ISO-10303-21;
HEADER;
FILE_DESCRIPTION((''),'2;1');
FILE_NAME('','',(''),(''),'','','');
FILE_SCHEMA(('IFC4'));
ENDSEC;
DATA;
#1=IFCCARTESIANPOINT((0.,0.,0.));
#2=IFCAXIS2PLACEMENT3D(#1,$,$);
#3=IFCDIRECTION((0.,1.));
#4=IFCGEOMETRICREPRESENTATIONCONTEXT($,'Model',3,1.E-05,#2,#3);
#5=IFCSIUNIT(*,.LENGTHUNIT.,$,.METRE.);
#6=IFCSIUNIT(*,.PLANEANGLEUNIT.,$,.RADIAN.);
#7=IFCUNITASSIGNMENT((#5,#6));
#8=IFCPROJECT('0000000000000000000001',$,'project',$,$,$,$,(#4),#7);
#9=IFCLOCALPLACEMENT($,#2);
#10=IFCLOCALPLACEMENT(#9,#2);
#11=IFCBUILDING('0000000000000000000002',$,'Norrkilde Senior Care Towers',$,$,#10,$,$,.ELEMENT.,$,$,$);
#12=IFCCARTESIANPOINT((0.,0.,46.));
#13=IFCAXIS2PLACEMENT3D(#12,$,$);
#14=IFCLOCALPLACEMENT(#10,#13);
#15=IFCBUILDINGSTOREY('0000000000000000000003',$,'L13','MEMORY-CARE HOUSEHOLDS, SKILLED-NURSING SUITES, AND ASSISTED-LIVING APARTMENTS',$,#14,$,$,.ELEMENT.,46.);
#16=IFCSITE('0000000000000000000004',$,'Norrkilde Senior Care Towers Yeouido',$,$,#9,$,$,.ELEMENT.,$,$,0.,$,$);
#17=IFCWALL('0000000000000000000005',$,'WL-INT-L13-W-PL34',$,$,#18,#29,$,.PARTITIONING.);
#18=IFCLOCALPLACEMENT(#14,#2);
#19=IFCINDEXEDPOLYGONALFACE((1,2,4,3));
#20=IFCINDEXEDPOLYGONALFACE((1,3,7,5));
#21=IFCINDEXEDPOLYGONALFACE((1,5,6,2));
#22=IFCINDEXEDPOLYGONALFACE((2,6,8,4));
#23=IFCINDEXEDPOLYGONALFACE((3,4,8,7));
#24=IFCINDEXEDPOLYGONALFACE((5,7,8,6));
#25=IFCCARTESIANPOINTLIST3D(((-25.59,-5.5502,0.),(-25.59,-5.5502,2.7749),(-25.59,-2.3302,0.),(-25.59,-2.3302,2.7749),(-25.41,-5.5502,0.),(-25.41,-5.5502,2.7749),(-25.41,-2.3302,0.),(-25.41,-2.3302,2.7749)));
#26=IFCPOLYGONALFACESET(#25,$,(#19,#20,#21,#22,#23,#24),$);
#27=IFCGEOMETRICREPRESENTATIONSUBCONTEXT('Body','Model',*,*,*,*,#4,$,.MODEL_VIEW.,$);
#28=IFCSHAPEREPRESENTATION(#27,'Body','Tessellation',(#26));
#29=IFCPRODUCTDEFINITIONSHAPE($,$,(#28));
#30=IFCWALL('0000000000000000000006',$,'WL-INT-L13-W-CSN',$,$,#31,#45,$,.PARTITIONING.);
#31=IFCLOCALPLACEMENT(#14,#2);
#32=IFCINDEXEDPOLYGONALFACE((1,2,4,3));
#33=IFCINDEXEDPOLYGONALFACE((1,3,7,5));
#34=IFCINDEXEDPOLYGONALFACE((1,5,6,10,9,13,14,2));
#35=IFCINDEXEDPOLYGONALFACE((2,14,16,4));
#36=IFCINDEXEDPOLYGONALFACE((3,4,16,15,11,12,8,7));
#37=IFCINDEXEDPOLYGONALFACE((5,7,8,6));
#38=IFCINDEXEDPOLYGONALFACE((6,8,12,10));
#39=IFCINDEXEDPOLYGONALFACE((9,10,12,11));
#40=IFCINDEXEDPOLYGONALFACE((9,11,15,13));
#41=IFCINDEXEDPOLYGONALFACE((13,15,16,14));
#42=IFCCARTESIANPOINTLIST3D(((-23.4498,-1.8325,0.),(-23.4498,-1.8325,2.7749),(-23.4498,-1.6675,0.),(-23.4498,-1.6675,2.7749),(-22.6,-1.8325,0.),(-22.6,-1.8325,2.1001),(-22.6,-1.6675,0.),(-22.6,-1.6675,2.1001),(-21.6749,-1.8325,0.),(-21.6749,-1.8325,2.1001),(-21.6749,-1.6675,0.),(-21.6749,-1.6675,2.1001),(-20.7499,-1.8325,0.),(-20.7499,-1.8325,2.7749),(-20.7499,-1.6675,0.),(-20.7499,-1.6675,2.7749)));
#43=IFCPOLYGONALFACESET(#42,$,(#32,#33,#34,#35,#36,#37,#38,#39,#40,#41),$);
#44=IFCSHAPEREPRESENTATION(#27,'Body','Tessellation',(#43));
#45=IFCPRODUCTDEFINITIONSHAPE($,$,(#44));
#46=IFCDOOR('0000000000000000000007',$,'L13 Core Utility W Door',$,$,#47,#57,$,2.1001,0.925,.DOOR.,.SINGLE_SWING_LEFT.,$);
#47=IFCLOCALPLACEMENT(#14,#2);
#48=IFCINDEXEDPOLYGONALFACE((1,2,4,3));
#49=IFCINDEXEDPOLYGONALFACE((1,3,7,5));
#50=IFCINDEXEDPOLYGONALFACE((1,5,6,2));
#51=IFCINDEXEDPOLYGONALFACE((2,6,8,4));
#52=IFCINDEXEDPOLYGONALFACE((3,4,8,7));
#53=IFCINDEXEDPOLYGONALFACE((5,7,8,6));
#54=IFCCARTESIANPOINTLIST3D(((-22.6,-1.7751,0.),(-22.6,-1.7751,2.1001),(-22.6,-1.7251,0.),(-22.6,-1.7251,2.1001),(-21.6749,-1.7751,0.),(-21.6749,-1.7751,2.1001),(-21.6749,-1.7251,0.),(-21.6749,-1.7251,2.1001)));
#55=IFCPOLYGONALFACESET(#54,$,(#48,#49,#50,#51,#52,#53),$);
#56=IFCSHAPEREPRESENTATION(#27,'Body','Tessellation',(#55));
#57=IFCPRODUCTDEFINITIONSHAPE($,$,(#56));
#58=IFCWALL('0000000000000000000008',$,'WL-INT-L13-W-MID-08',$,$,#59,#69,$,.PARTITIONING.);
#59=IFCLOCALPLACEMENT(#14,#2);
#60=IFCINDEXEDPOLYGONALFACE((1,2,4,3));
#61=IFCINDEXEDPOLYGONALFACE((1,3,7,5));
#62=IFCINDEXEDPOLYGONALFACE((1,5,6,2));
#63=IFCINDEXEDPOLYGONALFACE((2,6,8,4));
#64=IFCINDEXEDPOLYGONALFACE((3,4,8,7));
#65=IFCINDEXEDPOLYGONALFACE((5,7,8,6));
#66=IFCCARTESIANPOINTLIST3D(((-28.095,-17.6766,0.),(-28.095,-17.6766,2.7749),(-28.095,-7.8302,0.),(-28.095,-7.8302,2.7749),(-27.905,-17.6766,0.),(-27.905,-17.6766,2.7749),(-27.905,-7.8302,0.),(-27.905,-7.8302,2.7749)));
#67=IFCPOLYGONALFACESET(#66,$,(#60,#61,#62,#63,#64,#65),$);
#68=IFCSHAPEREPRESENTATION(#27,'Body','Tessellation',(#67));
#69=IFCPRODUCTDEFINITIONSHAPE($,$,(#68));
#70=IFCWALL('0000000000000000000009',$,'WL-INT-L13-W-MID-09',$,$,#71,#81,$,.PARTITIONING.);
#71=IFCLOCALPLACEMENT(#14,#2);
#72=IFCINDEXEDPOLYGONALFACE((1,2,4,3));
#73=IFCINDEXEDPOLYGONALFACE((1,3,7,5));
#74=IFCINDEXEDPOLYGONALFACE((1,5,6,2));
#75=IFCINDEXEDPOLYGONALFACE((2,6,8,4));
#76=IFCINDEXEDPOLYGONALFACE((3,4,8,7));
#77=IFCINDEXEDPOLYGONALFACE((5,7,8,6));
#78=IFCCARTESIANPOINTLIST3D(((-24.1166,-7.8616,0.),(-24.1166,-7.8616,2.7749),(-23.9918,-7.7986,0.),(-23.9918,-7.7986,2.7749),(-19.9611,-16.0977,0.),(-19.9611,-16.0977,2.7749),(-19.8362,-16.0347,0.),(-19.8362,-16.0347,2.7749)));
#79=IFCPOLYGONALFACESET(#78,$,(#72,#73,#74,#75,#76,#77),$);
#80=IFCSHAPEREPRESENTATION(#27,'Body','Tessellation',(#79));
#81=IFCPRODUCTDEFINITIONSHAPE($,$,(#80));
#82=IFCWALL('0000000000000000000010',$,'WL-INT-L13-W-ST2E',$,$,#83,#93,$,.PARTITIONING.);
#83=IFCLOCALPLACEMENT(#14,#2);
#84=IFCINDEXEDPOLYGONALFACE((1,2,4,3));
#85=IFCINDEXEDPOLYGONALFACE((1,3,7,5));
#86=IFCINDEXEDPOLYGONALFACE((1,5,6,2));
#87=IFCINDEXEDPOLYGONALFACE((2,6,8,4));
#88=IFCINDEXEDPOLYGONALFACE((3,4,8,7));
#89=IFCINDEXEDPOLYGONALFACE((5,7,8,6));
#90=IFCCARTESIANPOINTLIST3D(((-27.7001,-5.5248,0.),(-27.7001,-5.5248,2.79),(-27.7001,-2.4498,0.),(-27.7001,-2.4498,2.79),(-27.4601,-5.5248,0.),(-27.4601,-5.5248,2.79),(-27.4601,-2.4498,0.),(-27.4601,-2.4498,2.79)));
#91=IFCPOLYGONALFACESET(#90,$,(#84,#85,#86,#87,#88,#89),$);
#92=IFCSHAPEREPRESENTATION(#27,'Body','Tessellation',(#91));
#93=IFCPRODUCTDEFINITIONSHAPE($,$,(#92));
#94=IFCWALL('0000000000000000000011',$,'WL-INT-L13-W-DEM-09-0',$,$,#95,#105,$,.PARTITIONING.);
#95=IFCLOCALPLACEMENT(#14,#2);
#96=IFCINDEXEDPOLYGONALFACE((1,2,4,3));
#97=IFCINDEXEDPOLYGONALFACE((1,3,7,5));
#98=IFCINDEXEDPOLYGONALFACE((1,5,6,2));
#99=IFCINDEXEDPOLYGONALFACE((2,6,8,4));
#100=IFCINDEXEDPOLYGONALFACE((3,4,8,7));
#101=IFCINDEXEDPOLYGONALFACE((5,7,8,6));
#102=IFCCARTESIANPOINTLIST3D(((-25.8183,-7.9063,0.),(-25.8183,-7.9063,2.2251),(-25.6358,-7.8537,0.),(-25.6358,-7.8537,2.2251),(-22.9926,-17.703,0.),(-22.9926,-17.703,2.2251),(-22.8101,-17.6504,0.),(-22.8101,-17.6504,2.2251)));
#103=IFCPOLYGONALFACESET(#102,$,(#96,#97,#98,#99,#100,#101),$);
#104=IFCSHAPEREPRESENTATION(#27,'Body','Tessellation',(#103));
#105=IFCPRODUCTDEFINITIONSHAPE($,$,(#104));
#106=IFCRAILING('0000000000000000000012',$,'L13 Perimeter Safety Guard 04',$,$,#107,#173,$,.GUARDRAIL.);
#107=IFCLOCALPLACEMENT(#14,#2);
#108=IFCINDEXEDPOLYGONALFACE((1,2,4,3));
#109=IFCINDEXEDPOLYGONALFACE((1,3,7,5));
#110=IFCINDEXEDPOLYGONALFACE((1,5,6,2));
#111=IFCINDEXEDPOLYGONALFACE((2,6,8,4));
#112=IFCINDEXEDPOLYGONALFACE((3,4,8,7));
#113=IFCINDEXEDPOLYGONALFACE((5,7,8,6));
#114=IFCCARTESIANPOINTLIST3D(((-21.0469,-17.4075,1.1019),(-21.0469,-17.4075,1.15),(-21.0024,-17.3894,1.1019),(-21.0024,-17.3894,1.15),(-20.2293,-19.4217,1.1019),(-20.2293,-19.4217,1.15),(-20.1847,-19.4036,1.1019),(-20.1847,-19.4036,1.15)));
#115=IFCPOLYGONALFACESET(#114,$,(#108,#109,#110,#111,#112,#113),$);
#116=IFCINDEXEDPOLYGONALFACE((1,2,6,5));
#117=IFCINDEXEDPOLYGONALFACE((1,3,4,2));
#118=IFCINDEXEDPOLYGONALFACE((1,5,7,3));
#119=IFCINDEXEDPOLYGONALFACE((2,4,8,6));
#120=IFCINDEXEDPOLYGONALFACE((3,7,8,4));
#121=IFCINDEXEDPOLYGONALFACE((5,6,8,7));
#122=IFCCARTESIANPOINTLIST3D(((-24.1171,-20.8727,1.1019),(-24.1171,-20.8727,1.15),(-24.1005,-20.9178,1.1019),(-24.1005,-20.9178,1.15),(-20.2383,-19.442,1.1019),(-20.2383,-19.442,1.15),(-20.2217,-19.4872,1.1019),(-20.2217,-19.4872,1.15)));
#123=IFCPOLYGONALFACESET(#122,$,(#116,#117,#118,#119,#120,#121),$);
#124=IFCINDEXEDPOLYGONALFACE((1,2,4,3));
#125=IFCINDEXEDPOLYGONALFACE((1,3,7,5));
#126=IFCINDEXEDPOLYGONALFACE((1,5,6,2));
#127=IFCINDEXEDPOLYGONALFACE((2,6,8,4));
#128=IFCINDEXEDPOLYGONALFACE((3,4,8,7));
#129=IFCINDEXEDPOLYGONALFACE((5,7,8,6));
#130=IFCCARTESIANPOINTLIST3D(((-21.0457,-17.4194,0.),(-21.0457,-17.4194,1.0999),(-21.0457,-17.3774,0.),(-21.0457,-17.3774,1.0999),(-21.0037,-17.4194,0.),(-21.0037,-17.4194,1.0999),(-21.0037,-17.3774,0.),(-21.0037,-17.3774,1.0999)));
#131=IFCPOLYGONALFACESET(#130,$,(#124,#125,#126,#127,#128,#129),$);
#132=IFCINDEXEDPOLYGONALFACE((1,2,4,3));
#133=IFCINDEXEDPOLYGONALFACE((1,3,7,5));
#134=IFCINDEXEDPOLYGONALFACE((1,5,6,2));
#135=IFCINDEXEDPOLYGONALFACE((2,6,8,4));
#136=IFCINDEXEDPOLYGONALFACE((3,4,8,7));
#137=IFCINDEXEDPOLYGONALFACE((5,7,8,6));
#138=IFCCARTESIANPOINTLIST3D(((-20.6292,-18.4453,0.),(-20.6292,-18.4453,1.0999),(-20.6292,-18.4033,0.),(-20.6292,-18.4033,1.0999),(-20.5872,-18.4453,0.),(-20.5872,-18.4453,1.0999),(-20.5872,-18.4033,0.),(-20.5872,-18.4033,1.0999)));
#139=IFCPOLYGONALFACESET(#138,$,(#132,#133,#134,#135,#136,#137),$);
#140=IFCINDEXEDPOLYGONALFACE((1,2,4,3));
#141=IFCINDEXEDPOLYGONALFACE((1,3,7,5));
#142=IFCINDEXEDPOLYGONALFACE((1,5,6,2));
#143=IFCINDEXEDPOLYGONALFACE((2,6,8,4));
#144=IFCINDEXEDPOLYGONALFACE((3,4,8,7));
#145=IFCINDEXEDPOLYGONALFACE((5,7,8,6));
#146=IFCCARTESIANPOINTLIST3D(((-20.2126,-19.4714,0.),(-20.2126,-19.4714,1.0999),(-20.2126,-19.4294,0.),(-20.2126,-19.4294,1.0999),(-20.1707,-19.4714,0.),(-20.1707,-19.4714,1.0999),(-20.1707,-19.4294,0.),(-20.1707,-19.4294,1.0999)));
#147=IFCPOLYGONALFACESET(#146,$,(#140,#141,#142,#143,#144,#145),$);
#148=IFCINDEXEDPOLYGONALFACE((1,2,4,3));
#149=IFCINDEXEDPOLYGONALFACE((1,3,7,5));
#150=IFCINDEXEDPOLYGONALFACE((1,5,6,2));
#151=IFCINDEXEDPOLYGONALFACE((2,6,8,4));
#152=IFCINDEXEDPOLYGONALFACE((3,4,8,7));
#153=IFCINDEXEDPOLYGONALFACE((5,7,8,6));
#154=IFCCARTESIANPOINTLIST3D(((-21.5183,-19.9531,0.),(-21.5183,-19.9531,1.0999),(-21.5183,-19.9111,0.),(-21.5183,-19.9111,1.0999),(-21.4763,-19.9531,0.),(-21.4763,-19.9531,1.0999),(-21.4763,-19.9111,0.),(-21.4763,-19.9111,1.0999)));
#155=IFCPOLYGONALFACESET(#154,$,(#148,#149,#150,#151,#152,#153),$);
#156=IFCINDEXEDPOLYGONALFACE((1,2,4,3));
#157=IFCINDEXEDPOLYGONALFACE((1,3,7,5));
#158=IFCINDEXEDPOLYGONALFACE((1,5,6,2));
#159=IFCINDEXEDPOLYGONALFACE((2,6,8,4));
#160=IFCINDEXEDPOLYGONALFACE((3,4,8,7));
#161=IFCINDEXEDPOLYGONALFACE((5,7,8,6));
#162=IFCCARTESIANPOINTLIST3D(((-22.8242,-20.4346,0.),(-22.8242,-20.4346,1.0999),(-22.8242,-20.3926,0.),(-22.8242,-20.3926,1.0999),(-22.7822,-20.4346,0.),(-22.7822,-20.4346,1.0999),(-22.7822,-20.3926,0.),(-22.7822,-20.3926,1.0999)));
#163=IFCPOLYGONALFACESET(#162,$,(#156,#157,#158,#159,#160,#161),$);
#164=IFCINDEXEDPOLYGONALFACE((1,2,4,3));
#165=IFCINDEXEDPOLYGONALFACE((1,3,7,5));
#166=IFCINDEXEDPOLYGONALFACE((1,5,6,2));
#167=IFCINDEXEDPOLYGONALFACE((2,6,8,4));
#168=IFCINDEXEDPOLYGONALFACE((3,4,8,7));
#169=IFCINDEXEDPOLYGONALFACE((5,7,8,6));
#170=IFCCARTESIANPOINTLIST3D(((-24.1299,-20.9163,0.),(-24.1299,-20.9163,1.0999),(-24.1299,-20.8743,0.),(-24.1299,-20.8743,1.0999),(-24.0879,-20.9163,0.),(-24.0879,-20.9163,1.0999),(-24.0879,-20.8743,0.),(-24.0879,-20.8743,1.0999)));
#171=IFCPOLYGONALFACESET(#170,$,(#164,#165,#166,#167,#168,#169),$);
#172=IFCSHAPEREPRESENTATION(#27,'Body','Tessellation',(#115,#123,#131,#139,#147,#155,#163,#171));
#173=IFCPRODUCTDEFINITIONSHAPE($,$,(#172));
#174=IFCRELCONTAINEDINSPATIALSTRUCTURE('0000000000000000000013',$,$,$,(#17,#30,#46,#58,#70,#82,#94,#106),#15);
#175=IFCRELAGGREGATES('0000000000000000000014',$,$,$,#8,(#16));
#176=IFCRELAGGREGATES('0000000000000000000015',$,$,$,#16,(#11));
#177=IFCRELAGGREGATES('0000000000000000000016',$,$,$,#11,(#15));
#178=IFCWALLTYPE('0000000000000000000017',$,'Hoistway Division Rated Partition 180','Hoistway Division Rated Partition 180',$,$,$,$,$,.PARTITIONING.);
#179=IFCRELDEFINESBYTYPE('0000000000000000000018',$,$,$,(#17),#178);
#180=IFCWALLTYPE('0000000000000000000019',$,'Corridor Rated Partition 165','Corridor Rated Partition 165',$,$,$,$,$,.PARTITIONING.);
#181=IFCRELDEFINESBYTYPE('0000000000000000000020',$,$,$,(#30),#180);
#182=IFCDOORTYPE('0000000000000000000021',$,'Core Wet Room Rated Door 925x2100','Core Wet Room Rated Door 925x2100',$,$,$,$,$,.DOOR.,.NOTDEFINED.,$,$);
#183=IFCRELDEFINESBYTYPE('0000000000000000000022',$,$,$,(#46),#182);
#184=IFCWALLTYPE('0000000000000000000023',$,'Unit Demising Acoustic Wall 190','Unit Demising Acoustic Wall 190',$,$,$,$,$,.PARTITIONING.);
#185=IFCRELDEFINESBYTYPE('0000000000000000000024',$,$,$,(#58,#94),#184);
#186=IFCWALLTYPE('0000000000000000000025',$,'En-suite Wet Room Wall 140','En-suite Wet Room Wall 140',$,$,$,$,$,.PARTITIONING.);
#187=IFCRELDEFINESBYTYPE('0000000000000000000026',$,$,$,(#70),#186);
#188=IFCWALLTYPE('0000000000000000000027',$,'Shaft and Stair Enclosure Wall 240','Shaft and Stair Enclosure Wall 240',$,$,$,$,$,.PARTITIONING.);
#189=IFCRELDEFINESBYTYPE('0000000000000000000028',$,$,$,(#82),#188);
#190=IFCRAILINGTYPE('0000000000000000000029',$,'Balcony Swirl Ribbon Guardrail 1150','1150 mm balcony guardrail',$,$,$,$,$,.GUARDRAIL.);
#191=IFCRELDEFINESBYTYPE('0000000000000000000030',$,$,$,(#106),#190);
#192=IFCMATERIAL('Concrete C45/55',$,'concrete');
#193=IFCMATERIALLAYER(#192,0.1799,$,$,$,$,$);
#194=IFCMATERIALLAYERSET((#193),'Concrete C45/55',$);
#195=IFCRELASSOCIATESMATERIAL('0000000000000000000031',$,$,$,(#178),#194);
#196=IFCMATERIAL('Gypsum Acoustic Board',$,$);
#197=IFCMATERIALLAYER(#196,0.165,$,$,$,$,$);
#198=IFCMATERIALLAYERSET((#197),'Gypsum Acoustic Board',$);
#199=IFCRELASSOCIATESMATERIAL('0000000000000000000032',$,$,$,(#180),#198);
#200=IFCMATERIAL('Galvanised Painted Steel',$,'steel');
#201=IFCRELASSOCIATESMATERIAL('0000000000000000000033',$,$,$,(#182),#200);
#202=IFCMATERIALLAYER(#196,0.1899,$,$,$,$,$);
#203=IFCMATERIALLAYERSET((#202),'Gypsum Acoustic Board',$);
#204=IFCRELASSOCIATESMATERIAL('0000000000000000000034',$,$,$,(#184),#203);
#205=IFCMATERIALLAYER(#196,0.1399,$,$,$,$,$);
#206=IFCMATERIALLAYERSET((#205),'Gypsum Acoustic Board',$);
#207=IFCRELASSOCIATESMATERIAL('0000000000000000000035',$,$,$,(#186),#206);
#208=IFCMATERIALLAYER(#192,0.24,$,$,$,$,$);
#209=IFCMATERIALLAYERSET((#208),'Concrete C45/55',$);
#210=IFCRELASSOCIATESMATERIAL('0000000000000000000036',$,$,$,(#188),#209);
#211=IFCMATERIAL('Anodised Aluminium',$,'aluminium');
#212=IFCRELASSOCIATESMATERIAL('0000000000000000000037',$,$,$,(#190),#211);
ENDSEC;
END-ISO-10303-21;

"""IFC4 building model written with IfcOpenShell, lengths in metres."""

from ifc_helpers import new_model, si_unit, direction, frame, frame_2d, origin, origin_2d, place, context, subcontext, project, spatial, rectangle, extrude, source, transform, mapped, material, layer, layer_set, type_object, type_shapes, element, fill, save


model = new_model("IFC4")

# Units and contexts
model_context = context("Model", 3, precision=1e-05, world=origin(), true_north=direction((0.0, 1.0)))
body_context = subcontext(model_context, "Body", "Model", "MODEL_VIEW")
ifc_project = project(units=[si_unit("LENGTHUNIT", "METRE"), si_unit("PLANEANGLEUNIT", "RADIAN")], contexts=[model_context])

# Site, building, storey
site_placement = place(None, origin())
site = spatial("IfcSite", under=ifc_project, at=site_placement, Name="Norrkilde Senior Care Towers Yeouido", CompositionType="ELEMENT", RefElevation=0.0)
building_placement = place(site_placement, origin())
building = spatial("IfcBuilding", under=site, at=building_placement, Name="Norrkilde Senior Care Towers", CompositionType="ELEMENT")
storey_placement = place(building_placement, frame((0.0, 0.0, 46.0)))
storey = spatial("IfcBuildingStorey", under=building, at=storey_placement, Name="L13", Description="MEMORY-CARE HOUSEHOLDS, SKILLED-NURSING SUITES, AND ASSISTED-LIVING APARTMENTS", CompositionType="ELEMENT", Elevation=46.0)

# Shared definitions
ifc_material_1 = material(Name="Anodised Aluminium", Category="aluminium")

# Shared definitions
ifc_material_2 = material(Name="Concrete C45/55", Category="concrete")

# Shared definitions
ifc_material_3 = material(Name="Galvanised Painted Steel", Category="steel")

# Wall
ifc_material_4 = material(Name="Gypsum Acoustic Board")
ifc_layer_1 = layer(ifc_material_2, 0.1799)
ifc_layer_set_1 = layer_set([ifc_layer_1], Name="Concrete C45/55")
wall_type_1 = type_object("IfcWallType", Name="Hoistway Division Rated Partition 180", Description="Hoistway Division Rated Partition 180", PredefinedType="PARTITIONING", material=ifc_layer_set_1)
shared_shape_1 = source(origin(), body_context, "Body", "SweptSolid", [
    extrude(rectangle(XDim=3.22, YDim=0.1799, at=frame_2d((1.6099, 0.0))), origin(), (0.0, 0.0, 1.0), 2.7749),
])
type_shapes(wall_type_1, [shared_shape_1])
wall_1_placement = place(storey_placement, frame((-25.5, -5.55, 0.0), z_axis=(0.0, 0.0, 1.0), x_axis=(0.0, 1.0, 0.0)))
element("IfcWall", 1, at=wall_1_placement, inside=storey, type_object=wall_type_1, Name="WL-INT-L13-W-PL34", PredefinedType="PARTITIONING", context=body_context, shape_type="MappedRepresentation", body=[
    mapped(shared_shape_1, transform((0.0, 0.0, 0.0), x_axis=(1.0, 0.0, 0.0), y_axis=(0.0, 1.0, 0.0), z_axis=(0.0, 0.0, 1.0), scale=1.0)),
])

# Wall, opening, door
ifc_layer_2 = layer(ifc_material_4, 0.165)
ifc_layer_set_2 = layer_set([ifc_layer_2], Name="Gypsum Acoustic Board")
wall_type_2 = type_object("IfcWallType", Name="Corridor Rated Partition 165", Description="Corridor Rated Partition 165", PredefinedType="PARTITIONING", material=ifc_layer_set_2)
shared_shape_2 = source(origin(), body_context, "Body", "SweptSolid", [
    extrude(rectangle(XDim=2.7, YDim=0.165, at=frame_2d((1.3501, 0.0))), origin(), (0.0, 0.0, 1.0), 2.7749),
])
type_shapes(wall_type_2, [shared_shape_2])
wall_2_placement = place(storey_placement, frame((-23.45, -1.75, 0.0), z_axis=(0.0, 0.0, 1.0), x_axis=(1.0, 0.0, 0.0)))
wall_2 = element("IfcWall", 2, at=wall_2_placement, inside=storey, type_object=wall_type_2, Name="WL-INT-L13-W-CSN", PredefinedType="PARTITIONING", context=body_context, shape_type="MappedRepresentation", body=[
    mapped(shared_shape_2, transform((0.0, 0.0, 0.0), x_axis=(1.0, 0.0, 0.0), y_axis=(0.0, 1.0, 0.0), z_axis=(0.0, 0.0, 1.0), scale=1.0)),
])
opening_1_placement = place(wall_2_placement, frame((0.8501, 0.0, 0.0)))
opening_1 = element("IfcOpeningElement", 3, at=opening_1_placement, cuts=wall_2, PredefinedType="OPENING", context=body_context, shape_type="SweptSolid", body=[
    extrude(rectangle(XDim=0.925, YDim=2.1001, at=frame_2d((0.4624, 1.05))), frame((0.0, 0.0925, 0.0), z_axis=(0.0, -1.0, 0.0), x_axis=(1.0, 0.0, 0.0)), (0.0, 0.0, 1.0), 0.1851),
])
door_type_1 = type_object("IfcDoorType", Name="Core Wet Room Rated Door 925x2100", Description="Core Wet Room Rated Door 925x2100", OperationType="NOTDEFINED", PredefinedType="DOOR", material=ifc_material_3)
shared_shape_3 = source(origin(), body_context, "Body", "SweptSolid", [
    extrude(rectangle(XDim=0.925, YDim=2.1001, at=frame_2d((0.4624, 1.05))), frame((0.0, 0.0249, 0.0), z_axis=(0.0, -1.0, 0.0), x_axis=(1.0, 0.0, 0.0)), (0.0, 0.0, 1.0), 0.05),
])
type_shapes(door_type_1, [shared_shape_3])
door_1_placement = place(opening_1_placement, origin())
door_1 = element("IfcDoor", 4, at=door_1_placement, inside=storey, type_object=door_type_1, Name="L13 Core Utility W Door", OperationType="SINGLE_SWING_LEFT", OverallHeight=2.1001, OverallWidth=0.925, PredefinedType="DOOR", context=body_context, shape_type="MappedRepresentation", body=[
    mapped(shared_shape_3, transform((0.0, 0.0, 0.0), x_axis=(1.0, 0.0, 0.0), y_axis=(0.0, 1.0, 0.0), z_axis=(0.0, 0.0, 1.0), scale=1.0)),
])
fill(opening_1, door_1)

# Walls
ifc_layer_3 = layer(ifc_material_4, 0.1899)
ifc_layer_set_3 = layer_set([ifc_layer_3], Name="Gypsum Acoustic Board")
wall_type_3 = type_object("IfcWallType", Name="Unit Demising Acoustic Wall 190", Description="Unit Demising Acoustic Wall 190", PredefinedType="PARTITIONING", material=ifc_layer_set_3)
shared_shape_4 = source(origin(), body_context, "Body", "SweptSolid", [
    extrude(rectangle(XDim=9.8464, YDim=0.1899, at=frame_2d((4.9233, 0.0))), origin(), (0.0, 0.0, 1.0), 2.7749),
])
wall_3_placement = place(storey_placement, frame((-28.0, -7.8301, 0.0), z_axis=(0.0, 0.0, 1.0), x_axis=(0.0, -1.0, 0.0)))
element("IfcWall", 5, at=wall_3_placement, inside=storey, type_object=wall_type_3, Name="WL-INT-L13-W-MID-08", PredefinedType="PARTITIONING", context=body_context, shape_type="MappedRepresentation", body=[
    mapped(shared_shape_4, transform((0.0, 0.0, 0.0), x_axis=(1.0, 0.0, 0.0), y_axis=(0.0, 1.0, 0.0), z_axis=(0.0, 0.0, 1.0), scale=1.0)),
])
ifc_layer_4 = layer(ifc_material_4, 0.1399)
ifc_layer_set_4 = layer_set([ifc_layer_4], Name="Gypsum Acoustic Board")
wall_type_4 = type_object("IfcWallType", Name="En-suite Wet Room Wall 140", Description="En-suite Wet Room Wall 140", PredefinedType="PARTITIONING", material=ifc_layer_set_4)
shared_shape_5 = source(origin(), body_context, "Body", "SweptSolid", [
    extrude(rectangle(XDim=9.2251, YDim=0.1399, at=frame_2d((4.6125, 0.0))), origin(), (0.0, 0.0, 1.0), 2.7749),
])
type_shapes(wall_type_4, [shared_shape_5])
wall_4_placement = place(storey_placement, frame((-24.0542, -7.8301, 0.0), z_axis=(0.0, 0.0, 1.0), x_axis=(0.450461, -0.892796, 0.0)))
element("IfcWall", 6, at=wall_4_placement, inside=storey, type_object=wall_type_4, Name="WL-INT-L13-W-MID-09", PredefinedType="PARTITIONING", context=body_context, shape_type="MappedRepresentation", body=[
    mapped(shared_shape_5, transform((0.0, 0.0, 0.0), x_axis=(1.0, 0.0, 0.0), y_axis=(0.0, 1.0, 0.0), z_axis=(0.0, 0.0, 1.0), scale=1.0)),
])
ifc_layer_5 = layer(ifc_material_2, 0.24)
ifc_layer_set_5 = layer_set([ifc_layer_5], Name="Concrete C45/55")
wall_type_5 = type_object("IfcWallType", Name="Shaft and Stair Enclosure Wall 240", Description="Shaft and Stair Enclosure Wall 240", PredefinedType="PARTITIONING", material=ifc_layer_set_5)
shared_shape_6 = source(origin(), body_context, "Body", "SweptSolid", [
    extrude(rectangle(XDim=3.075, YDim=0.24, at=frame_2d((1.5376, 0.0))), origin(), (0.0, 0.0, 1.0), 2.79),
])
type_shapes(wall_type_5, [shared_shape_6])
wall_5_placement = place(storey_placement, frame((-27.5801, -5.5249, 0.0), z_axis=(0.0, 0.0, 1.0), x_axis=(0.0, 1.0, 0.0)))
element("IfcWall", 7, at=wall_5_placement, inside=storey, type_object=wall_type_5, Name="WL-INT-L13-W-ST2E", PredefinedType="PARTITIONING", context=body_context, shape_type="MappedRepresentation", body=[
    mapped(shared_shape_6, transform((0.0, 0.0, 0.0), x_axis=(1.0, 0.0, 0.0), y_axis=(0.0, 1.0, 0.0), z_axis=(0.0, 0.0, 1.0), scale=1.0)),
])
shared_shape_7 = source(origin(), body_context, "Body", "SweptSolid", [
    extrude(rectangle(XDim=10.196, YDim=0.1899, at=frame_2d((5.0981, 0.0))), origin(), (0.0, 0.0, 1.0), 2.2251),
])
type_shapes(wall_type_3, [shared_shape_4, shared_shape_7])
wall_6_placement = place(storey_placement, frame((-25.7271, -7.8799, 0.0), z_axis=(0.0, 0.0, 1.0), x_axis=(0.277136, -0.960831, 0.0)))
element("IfcWall", 8, at=wall_6_placement, inside=storey, type_object=wall_type_3, Name="WL-INT-L13-W-DEM-09-0", PredefinedType="PARTITIONING", context=body_context, shape_type="MappedRepresentation", body=[
    mapped(shared_shape_7, transform((0.0, 0.0, 0.0), x_axis=(1.0, 0.0, 0.0), y_axis=(0.0, 1.0, 0.0), z_axis=(0.0, 0.0, 1.0), scale=1.0)),
])

# Railing
railing_type = type_object("IfcRailingType", Name="Balcony Swirl Ribbon Guardrail 1150", Description="1150 mm balcony guardrail", PredefinedType="GUARDRAIL", material=ifc_material_1)
railing_1_placement = place(storey_placement, frame((-21.0247, -17.3984, 0.0)))
element("IfcRailing", 9, at=railing_1_placement, inside=storey, type_object=railing_type, Name="L13 Perimeter Safety Guard 04", PredefinedType="GUARDRAIL", context=body_context, shape_type="SweptSolid", body=[
    extrude(rectangle(XDim=0.0481, YDim=0.0481, at=origin_2d()), frame((0.0, 0.0, 1.126), z_axis=(0.376138, -0.926564, 0.0), x_axis=(0.926564, 0.376138, 0.0)), (0.0, 0.0, 1.0), 2.1738),
    extrude(rectangle(XDim=0.0481, YDim=0.0481, at=origin_2d()), frame((0.7947, -2.0662, 1.126), z_axis=(-0.938216, -0.346049, 0.0), x_axis=(0.346049, -0.938216, 0.0)), (0.0, 0.0, 1.0), 4.1343),
    extrude(rectangle(XDim=0.042, YDim=0.042, at=origin_2d()), origin(), (0.0, 0.0, 1.0), 1.0999),
    extrude(rectangle(XDim=0.042, YDim=0.042, at=origin_2d()), frame((0.4165, -1.0259, 0.0)), (0.0, 0.0, 1.0), 1.0999),
    extrude(rectangle(XDim=0.042, YDim=0.042, at=origin_2d()), frame((0.833, -2.052, 0.0)), (0.0, 0.0, 1.0), 1.0999),
    extrude(rectangle(XDim=0.042, YDim=0.042, at=origin_2d()), frame((-0.4727, -2.5337, 0.0)), (0.0, 0.0, 1.0), 1.0999),
    extrude(rectangle(XDim=0.042, YDim=0.042, at=origin_2d()), frame((-1.7786, -3.0151, 0.0)), (0.0, 0.0, 1.0), 1.0999),
    extrude(rectangle(XDim=0.042, YDim=0.042, at=origin_2d()), frame((-3.0842, -3.4968, 0.0)), (0.0, 0.0, 1.0), 1.0999),
])

save(model, "model.ifc")
